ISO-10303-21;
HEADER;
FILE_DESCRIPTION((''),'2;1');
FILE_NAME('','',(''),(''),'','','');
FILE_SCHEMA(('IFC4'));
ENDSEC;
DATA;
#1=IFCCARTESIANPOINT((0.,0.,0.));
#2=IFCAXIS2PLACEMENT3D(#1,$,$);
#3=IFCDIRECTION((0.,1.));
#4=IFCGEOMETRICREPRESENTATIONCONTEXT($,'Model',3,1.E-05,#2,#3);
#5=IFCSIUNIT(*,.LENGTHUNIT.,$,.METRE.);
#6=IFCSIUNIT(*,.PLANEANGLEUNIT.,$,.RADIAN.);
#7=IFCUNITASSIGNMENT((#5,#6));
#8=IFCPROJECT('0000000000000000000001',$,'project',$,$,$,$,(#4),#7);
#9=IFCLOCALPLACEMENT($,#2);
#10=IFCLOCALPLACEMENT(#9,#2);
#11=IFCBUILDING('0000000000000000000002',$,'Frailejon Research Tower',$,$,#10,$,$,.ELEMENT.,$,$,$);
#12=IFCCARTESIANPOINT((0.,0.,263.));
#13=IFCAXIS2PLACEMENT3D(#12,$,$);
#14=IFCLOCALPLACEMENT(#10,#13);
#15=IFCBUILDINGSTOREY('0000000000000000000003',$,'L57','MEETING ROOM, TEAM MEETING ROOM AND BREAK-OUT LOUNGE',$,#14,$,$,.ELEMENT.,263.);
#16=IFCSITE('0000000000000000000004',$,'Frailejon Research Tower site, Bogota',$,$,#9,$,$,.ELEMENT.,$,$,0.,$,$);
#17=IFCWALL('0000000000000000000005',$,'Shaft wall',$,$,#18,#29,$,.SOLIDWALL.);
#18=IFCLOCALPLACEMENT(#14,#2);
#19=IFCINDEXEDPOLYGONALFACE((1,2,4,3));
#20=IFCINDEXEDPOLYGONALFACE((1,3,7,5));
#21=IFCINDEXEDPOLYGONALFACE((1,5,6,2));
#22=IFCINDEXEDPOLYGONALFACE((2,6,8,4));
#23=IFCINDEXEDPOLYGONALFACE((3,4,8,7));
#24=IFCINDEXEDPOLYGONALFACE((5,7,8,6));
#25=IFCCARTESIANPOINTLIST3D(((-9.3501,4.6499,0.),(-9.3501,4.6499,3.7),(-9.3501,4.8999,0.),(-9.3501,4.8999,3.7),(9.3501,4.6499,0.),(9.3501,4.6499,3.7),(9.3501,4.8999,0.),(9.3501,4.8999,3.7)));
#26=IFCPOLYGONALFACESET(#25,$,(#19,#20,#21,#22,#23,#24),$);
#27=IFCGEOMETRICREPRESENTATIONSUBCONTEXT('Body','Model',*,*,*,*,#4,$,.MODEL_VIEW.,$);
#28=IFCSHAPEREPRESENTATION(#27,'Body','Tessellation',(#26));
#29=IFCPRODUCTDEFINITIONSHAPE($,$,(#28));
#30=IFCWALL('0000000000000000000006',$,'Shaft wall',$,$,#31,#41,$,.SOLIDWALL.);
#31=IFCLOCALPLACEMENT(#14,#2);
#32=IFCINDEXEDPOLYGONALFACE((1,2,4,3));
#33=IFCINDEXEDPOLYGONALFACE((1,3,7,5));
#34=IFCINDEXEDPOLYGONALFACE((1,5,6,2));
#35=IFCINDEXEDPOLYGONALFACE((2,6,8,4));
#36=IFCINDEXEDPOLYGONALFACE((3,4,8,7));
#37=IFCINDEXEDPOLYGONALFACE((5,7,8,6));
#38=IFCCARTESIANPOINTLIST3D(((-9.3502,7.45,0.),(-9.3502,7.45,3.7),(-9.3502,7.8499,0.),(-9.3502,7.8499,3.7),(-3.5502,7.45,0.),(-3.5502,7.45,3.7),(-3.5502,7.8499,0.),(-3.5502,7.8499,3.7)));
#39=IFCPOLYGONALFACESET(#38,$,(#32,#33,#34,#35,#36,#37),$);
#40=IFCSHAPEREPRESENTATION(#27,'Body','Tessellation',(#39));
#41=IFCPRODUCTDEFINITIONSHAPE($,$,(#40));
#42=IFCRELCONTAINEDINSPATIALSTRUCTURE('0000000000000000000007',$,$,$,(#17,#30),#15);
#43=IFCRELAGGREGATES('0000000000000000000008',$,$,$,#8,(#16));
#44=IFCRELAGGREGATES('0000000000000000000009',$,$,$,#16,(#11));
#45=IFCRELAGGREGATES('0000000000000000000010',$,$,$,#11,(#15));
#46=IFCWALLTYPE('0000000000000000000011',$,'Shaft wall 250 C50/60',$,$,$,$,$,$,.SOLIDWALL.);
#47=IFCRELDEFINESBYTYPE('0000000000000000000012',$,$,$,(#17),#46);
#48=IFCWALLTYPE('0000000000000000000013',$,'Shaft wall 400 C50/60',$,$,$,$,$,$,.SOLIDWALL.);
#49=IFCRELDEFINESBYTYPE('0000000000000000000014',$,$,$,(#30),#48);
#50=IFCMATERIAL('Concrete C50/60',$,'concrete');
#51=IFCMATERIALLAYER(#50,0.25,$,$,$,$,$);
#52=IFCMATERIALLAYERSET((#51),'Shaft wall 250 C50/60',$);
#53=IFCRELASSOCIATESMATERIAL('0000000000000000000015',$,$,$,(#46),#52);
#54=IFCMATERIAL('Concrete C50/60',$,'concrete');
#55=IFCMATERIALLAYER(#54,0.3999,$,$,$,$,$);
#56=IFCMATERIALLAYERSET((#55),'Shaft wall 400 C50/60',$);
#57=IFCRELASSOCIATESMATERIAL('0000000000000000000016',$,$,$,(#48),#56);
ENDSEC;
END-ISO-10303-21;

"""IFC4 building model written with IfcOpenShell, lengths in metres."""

from ifc_helpers import new_model, si_unit, direction, frame, frame_2d, origin, place, context, subcontext, project, spatial, rectangle, extrude, material, layer, layer_set, type_object, element, save


model = new_model("IFC4")

# Units and contexts
model_context = context("Model", 3, precision=1e-05, world=origin(), true_north=direction((0.0, 1.0)))
body_context = subcontext(model_context, "Body", "Model", "MODEL_VIEW")
ifc_project = project(units=[si_unit("LENGTHUNIT", "METRE"), si_unit("PLANEANGLEUNIT", "RADIAN")], contexts=[model_context])

# Site, building, storey
site_placement = place(None, origin())
site = spatial("IfcSite", under=ifc_project, at=site_placement, Name="Frailejon Research Tower site, Bogota", CompositionType="ELEMENT", RefElevation=0.0)
building_placement = place(site_placement, origin())
building = spatial("IfcBuilding", under=site, at=building_placement, Name="Frailejon Research Tower", CompositionType="ELEMENT")
storey_placement = place(building_placement, frame((0.0, 0.0, 263.0)))
storey = spatial("IfcBuildingStorey", under=building, at=storey_placement, Name="L57", Description="MEETING ROOM, TEAM MEETING ROOM AND BREAK-OUT LOUNGE", CompositionType="ELEMENT", Elevation=263.0)

# Shared definitions
ifc_material_1 = material(Name="Concrete C50/60", Category="concrete")
ifc_layer_1 = layer(ifc_material_1, 0.25)
ifc_layer_set_1 = layer_set([ifc_layer_1], Name="Shaft wall 250 C50/60")
wall_type_1 = type_object("IfcWallType", Name="Shaft wall 250 C50/60", PredefinedType="SOLIDWALL", material=ifc_layer_set_1)

# Walls
wall_1_placement = place(storey_placement, frame((-9.3501, 4.7749, 0.0), z_axis=(0.0, 0.0, 1.0), x_axis=(1.0, 0.0, 0.0)))
element("IfcWall", 1, at=wall_1_placement, inside=storey, type_object=wall_type_1, Name="Shaft wall", PredefinedType="SOLIDWALL", context=body_context, shape_type="SweptSolid", body=[
    extrude(rectangle(XDim=18.7002, YDim=0.25, at=frame_2d((9.3501, 0.0))), origin(), (0.0, 0.0, 1.0), 3.7),
])
ifc_material_2 = material(Name="Concrete C50/60", Category="concrete")
ifc_layer_2 = layer(ifc_material_2, 0.3999)
ifc_layer_set_2 = layer_set([ifc_layer_2], Name="Shaft wall 400 C50/60")
wall_type_2 = type_object("IfcWallType", Name="Shaft wall 400 C50/60", PredefinedType="SOLIDWALL", material=ifc_layer_set_2)
wall_2_placement = place(storey_placement, frame((-9.3501, 7.6499, 0.0), z_axis=(0.0, 0.0, 1.0), x_axis=(1.0, 0.0, 0.0)))
element("IfcWall", 2, at=wall_2_placement, inside=storey, type_object=wall_type_2, Name="Shaft wall", PredefinedType="SOLIDWALL", context=body_context, shape_type="SweptSolid", body=[
    extrude(rectangle(XDim=5.8, YDim=0.3999, at=frame_2d((2.8999, 0.0))), origin(), (0.0, 0.0, 1.0), 3.7),
])

save(model, "model.ifc")
